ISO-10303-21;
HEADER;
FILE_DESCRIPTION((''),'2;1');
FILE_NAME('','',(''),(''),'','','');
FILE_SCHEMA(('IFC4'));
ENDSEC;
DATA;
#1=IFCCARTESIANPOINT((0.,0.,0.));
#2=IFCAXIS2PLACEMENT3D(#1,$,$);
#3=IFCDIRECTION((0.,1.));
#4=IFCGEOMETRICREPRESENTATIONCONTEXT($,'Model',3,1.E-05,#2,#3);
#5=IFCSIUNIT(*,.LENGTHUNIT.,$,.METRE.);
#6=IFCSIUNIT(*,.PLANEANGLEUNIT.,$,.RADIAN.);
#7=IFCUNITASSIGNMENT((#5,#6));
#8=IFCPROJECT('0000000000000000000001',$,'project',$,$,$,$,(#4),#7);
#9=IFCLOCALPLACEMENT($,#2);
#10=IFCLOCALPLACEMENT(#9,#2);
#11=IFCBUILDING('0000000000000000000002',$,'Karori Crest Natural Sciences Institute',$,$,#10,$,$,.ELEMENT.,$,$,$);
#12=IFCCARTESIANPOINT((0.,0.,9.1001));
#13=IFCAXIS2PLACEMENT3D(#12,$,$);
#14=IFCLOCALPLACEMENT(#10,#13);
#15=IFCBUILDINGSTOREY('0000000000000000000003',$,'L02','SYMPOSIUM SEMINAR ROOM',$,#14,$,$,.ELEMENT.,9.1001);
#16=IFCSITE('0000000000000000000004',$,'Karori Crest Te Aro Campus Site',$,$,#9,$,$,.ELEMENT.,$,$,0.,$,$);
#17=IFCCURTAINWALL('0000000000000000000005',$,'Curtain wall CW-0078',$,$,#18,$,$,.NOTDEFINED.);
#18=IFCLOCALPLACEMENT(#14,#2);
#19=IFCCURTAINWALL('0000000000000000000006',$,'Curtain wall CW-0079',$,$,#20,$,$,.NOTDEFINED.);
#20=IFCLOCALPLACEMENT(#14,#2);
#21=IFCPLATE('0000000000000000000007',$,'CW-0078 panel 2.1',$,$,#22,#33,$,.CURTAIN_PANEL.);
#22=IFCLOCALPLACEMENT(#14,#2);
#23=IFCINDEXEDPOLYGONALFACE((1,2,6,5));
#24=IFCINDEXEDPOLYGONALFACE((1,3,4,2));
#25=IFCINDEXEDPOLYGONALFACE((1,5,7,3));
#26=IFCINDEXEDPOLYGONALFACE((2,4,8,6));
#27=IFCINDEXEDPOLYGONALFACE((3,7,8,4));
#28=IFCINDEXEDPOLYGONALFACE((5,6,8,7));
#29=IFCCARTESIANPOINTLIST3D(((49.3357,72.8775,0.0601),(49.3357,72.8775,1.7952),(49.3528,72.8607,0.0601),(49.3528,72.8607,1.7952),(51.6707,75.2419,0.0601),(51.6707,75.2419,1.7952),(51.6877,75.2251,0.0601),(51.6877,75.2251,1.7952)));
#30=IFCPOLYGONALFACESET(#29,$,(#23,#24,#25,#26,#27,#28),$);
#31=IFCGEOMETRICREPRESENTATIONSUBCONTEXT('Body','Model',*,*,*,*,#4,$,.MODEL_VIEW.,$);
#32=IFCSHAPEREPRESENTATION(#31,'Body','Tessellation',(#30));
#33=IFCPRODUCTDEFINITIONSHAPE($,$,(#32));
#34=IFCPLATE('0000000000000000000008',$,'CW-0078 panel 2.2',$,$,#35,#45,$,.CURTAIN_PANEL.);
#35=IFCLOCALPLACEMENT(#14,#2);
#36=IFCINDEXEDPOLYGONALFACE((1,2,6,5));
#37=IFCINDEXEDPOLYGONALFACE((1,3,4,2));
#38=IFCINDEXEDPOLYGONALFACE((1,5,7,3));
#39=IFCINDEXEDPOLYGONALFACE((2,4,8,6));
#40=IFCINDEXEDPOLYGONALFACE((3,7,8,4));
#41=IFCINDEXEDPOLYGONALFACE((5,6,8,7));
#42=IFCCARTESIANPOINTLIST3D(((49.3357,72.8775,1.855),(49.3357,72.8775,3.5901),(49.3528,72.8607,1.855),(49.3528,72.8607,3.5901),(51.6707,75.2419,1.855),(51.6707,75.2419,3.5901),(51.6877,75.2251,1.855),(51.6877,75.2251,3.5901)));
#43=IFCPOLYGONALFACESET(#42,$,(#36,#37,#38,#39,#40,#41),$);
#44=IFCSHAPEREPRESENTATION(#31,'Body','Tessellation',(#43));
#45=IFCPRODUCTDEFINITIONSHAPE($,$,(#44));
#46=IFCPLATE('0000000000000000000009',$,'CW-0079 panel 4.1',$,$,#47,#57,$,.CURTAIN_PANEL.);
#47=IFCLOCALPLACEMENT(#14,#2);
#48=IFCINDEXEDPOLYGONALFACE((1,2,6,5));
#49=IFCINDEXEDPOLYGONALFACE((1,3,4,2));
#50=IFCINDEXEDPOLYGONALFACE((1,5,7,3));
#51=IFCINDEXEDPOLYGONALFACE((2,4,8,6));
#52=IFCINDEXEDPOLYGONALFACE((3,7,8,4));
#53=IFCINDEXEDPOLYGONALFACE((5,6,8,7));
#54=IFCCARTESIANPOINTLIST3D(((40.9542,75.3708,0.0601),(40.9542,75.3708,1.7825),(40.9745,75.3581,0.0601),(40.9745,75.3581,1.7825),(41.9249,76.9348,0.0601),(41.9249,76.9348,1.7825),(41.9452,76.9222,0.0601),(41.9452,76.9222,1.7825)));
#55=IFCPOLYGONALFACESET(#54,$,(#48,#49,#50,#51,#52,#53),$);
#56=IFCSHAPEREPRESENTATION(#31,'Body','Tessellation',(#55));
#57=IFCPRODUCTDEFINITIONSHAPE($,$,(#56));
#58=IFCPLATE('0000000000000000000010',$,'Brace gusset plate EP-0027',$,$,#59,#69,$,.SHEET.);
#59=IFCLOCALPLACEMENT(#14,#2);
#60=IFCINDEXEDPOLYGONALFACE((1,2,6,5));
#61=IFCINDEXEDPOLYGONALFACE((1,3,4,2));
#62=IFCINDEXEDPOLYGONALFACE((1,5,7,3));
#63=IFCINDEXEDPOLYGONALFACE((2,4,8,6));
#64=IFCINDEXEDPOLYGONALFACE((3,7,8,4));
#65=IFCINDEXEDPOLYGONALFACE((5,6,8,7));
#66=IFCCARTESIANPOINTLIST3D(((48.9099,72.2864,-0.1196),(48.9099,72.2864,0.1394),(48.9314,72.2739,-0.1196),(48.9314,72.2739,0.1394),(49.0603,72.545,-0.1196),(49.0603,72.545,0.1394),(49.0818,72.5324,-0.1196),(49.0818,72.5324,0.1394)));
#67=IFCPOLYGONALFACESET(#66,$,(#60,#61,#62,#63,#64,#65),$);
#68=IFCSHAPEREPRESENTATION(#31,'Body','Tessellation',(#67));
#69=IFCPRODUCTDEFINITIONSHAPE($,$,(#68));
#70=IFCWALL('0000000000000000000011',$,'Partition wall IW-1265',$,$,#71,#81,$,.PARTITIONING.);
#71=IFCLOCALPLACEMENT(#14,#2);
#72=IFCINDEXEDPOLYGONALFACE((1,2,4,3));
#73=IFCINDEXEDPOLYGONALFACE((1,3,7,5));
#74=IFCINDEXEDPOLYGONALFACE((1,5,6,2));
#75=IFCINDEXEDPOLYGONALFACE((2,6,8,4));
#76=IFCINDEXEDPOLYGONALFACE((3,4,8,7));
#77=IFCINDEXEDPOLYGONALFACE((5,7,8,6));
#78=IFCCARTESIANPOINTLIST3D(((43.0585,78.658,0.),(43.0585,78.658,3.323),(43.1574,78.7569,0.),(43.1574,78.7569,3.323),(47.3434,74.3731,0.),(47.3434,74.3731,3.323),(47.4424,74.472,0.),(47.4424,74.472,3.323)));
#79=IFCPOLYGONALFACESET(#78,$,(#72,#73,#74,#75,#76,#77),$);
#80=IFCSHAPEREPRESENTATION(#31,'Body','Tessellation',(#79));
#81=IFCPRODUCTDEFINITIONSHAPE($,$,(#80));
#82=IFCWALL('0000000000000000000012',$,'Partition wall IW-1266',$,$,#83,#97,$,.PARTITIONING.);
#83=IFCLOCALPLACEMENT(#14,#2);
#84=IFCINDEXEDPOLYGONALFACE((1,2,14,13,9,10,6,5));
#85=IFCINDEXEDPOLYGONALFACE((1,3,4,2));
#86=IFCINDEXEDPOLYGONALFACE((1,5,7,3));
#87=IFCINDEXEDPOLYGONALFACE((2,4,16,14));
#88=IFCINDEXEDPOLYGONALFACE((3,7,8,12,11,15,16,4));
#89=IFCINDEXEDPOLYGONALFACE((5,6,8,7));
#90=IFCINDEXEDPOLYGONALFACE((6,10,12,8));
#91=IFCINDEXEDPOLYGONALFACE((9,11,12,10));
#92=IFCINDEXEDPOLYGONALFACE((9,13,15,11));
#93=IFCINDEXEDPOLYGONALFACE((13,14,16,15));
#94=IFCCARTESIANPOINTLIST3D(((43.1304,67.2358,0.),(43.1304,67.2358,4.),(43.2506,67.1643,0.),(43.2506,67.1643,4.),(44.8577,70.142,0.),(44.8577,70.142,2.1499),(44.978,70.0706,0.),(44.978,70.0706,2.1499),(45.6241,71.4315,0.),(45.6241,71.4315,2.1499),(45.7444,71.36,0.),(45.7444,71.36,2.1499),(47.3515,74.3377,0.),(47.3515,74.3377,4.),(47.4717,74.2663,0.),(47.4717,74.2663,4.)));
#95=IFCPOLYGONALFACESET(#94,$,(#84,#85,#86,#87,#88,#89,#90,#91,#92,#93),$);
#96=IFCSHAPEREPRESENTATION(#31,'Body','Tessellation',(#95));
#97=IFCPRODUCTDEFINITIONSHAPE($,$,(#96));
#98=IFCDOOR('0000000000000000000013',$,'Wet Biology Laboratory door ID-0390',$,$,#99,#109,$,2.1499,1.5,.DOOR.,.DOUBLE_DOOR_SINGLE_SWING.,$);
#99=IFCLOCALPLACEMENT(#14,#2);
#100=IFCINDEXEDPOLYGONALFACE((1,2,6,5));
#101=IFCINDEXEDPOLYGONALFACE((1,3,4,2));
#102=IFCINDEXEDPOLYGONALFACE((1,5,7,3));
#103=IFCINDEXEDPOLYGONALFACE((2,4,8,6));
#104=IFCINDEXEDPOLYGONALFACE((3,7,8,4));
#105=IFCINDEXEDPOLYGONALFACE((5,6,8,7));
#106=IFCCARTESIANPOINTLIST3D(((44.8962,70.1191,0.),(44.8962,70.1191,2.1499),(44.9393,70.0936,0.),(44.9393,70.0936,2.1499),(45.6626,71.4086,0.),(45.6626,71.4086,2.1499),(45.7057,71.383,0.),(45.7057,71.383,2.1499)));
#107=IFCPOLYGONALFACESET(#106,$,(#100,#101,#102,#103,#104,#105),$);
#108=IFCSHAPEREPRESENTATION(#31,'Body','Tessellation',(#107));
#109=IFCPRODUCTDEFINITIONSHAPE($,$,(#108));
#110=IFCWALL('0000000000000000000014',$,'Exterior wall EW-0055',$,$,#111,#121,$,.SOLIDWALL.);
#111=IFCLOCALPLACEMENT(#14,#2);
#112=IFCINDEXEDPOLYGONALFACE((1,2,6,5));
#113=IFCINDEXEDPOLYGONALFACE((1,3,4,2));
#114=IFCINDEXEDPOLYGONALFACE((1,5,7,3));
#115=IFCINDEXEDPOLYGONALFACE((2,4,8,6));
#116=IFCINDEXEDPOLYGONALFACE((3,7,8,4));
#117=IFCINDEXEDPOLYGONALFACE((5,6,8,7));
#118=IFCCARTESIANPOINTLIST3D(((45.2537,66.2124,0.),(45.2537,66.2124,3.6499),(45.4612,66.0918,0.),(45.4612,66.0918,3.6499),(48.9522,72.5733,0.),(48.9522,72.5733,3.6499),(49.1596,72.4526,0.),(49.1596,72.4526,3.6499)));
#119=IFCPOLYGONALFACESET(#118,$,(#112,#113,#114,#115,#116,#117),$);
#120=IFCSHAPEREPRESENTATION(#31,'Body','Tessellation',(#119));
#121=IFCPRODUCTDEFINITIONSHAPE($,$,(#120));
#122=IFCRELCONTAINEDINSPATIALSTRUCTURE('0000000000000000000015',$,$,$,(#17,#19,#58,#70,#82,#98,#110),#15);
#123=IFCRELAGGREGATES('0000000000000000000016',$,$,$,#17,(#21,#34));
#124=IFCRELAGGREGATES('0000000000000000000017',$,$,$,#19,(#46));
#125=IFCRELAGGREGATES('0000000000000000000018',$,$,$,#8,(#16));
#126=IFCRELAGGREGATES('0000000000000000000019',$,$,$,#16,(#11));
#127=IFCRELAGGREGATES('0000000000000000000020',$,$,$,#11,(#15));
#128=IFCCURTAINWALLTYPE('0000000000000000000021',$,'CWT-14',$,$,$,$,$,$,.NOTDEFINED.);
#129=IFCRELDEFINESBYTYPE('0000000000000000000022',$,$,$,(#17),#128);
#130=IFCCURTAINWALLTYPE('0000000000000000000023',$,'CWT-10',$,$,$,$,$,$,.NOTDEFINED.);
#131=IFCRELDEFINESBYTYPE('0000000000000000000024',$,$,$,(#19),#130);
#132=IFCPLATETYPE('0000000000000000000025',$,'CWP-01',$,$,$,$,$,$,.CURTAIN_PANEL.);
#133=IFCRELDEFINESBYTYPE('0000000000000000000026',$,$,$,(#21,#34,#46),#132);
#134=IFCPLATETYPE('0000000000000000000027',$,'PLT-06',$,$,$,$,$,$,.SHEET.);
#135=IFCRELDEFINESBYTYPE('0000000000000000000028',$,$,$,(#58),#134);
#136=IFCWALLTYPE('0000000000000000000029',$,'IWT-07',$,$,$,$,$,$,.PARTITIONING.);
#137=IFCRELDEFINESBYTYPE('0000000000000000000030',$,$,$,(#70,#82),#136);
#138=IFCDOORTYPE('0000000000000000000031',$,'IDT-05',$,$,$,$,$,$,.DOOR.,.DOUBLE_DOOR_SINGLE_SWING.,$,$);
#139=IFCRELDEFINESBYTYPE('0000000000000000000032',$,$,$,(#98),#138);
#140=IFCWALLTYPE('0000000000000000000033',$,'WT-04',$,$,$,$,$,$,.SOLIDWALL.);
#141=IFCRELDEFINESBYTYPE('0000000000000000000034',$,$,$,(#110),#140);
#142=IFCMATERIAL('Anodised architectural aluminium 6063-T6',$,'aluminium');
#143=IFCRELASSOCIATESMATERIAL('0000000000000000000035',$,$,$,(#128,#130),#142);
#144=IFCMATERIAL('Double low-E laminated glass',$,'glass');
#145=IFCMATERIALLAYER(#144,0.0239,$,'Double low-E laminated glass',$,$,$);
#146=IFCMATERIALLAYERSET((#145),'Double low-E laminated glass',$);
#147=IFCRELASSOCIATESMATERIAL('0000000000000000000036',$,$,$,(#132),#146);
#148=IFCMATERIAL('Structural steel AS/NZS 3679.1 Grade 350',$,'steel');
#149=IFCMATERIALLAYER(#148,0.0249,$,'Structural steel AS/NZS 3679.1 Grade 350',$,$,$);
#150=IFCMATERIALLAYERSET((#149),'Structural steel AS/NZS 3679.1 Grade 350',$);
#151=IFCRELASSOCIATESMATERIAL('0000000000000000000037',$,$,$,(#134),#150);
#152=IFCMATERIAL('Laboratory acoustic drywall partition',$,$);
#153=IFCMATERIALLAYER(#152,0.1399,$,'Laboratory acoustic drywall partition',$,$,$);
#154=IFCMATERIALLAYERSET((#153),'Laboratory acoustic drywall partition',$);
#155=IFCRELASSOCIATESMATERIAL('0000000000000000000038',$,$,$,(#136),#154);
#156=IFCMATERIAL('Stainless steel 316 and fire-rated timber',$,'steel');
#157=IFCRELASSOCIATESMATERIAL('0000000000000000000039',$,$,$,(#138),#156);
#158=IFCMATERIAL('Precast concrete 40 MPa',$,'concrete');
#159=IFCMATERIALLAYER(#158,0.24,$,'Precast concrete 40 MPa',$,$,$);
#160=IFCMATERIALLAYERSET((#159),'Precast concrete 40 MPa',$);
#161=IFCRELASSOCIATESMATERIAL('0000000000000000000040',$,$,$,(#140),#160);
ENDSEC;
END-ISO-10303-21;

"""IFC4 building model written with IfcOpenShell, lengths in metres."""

from ifc_helpers import new_model, si_unit, direction, frame, frame_2d, origin, origin_2d, place, context, subcontext, project, spatial, rectangle, extrude, material, layer, layer_set, type_object, element, fill, aggregate, save


model = new_model("IFC4")

# Units and contexts
model_context = context("Model", 3, precision=1e-05, world=origin(), true_north=direction((0.0, 1.0)))
body_context = subcontext(model_context, "Body", "Model", "MODEL_VIEW")
ifc_project = project(units=[si_unit("LENGTHUNIT", "METRE"), si_unit("PLANEANGLEUNIT", "RADIAN")], contexts=[model_context])

# Site, building, storey
site_placement = place(None, origin())
site = spatial("IfcSite", under=ifc_project, at=site_placement, Name="Karori Crest Te Aro Campus Site", CompositionType="ELEMENT", RefElevation=0.0)
building_placement = place(site_placement, origin())
building = spatial("IfcBuilding", under=site, at=building_placement, Name="Karori Crest Natural Sciences Institute", CompositionType="ELEMENT")
storey_placement = place(building_placement, frame((0.0, 0.0, 9.1001)))
storey = spatial("IfcBuildingStorey", under=building, at=storey_placement, Name="L02", Description="SYMPOSIUM SEMINAR ROOM", CompositionType="ELEMENT", Elevation=9.1001)

# Shared definitions
ifc_material_1 = material(Name="Structural steel AS/NZS 3679.1 Grade 350", Category="steel")

# Curtain walls
ifc_material_2 = material(Name="Anodised architectural aluminium 6063-T6", Category="aluminium")
curtain_wall_type_1 = type_object("IfcCurtainWallType", Name="CWT-14", PredefinedType="NOTDEFINED", material=ifc_material_2)
curtain_wall_1_placement = place(storey_placement, origin())
curtain_wall_1 = element("IfcCurtainWall", 1, at=curtain_wall_1_placement, inside=storey, type_object=curtain_wall_type_1, Name="Curtain wall CW-0078", PredefinedType="NOTDEFINED")
curtain_wall_type_2 = type_object("IfcCurtainWallType", Name="CWT-10", PredefinedType="NOTDEFINED", material=ifc_material_2)
curtain_wall_2_placement = place(storey_placement, origin())
curtain_wall_2 = element("IfcCurtainWall", 2, at=curtain_wall_2_placement, inside=storey, type_object=curtain_wall_type_2, Name="Curtain wall CW-0079", PredefinedType="NOTDEFINED")

# Plates
ifc_material_3 = material(Name="Double low-E laminated glass", Category="glass")
ifc_layer_1 = layer(ifc_material_3, 0.0239, Name="Double low-E laminated glass")
ifc_layer_set_1 = layer_set([ifc_layer_1], Name="Double low-E laminated glass")
plate_type_1 = type_object("IfcPlateType", Name="CWP-01", PredefinedType="CURTAIN_PANEL", material=ifc_layer_set_1)
plate_1_placement = place(storey_placement, frame((50.5117, 74.0513, 0.0601), z_axis=(0.0, 0.0, 1.0), x_axis=(-0.702656, -0.711529, 0.0)))
plate_1 = element("IfcPlate", 3, at=plate_1_placement, type_object=plate_type_1, Name="CW-0078 panel 2.1", PredefinedType="CURTAIN_PANEL", context=body_context, shape_type="SweptSolid", body=[
    extrude(rectangle(XDim=3.323, YDim=0.0239, at=origin_2d()), origin(), (0.0, 0.0, 1.0), 1.7351),
])
plate_2_placement = place(storey_placement, frame((50.5117, 74.0513, 1.855), z_axis=(0.0, 0.0, 1.0), x_axis=(-0.702656, -0.711529, 0.0)))
plate_2 = element("IfcPlate", 4, at=plate_2_placement, type_object=plate_type_1, Name="CW-0078 panel 2.2", PredefinedType="CURTAIN_PANEL", context=body_context, shape_type="SweptSolid", body=[
    extrude(rectangle(XDim=3.323, YDim=0.0239, at=origin_2d()), origin(), (0.0, 0.0, 1.0), 1.7351),
])
aggregate(curtain_wall_1, [plate_1, plate_2])
plate_3_placement = place(storey_placement, frame((41.4497, 76.1465, 0.0601), z_axis=(0.0, 0.0, 1.0), x_axis=(0.527328, 0.849662, 0.0)))
plate_3 = element("IfcPlate", 5, at=plate_3_placement, type_object=plate_type_1, Name="CW-0079 panel 4.1", PredefinedType="CURTAIN_PANEL", context=body_context, shape_type="SweptSolid", body=[
    extrude(rectangle(XDim=1.8408, YDim=0.0239, at=origin_2d()), origin(), (0.0, 0.0, 1.0), 1.7224),
])
aggregate(curtain_wall_2, [plate_3])
ifc_layer_2 = layer(ifc_material_1, 0.0249, Name="Structural steel AS/NZS 3679.1 Grade 350")
ifc_layer_set_2 = layer_set([ifc_layer_2], Name="Structural steel AS/NZS 3679.1 Grade 350")
plate_type_2 = type_object("IfcPlateType", Name="PLT-06", PredefinedType="SHEET", material=ifc_layer_set_2)
plate_4_placement = place(storey_placement, frame((48.9958, 72.4094, -0.1196), z_axis=(0.0, 0.0, 1.0), x_axis=(0.502652, 0.864489, 0.0)))
element("IfcPlate", 6, at=plate_4_placement, inside=storey, type_object=plate_type_2, Name="Brace gusset plate EP-0027", PredefinedType="SHEET", context=body_context, shape_type="SweptSolid", body=[
    extrude(rectangle(XDim=0.2991, YDim=0.0249, at=origin_2d()), origin(), (0.0, 0.0, 1.0), 0.259),
])

# Wall
ifc_material_4 = material(Name="Laboratory acoustic drywall partition")
ifc_layer_3 = layer(ifc_material_4, 0.1399, Name="Laboratory acoustic drywall partition")
ifc_layer_set_3 = layer_set([ifc_layer_3], Name="Laboratory acoustic drywall partition")
wall_type_1 = type_object("IfcWallType", Name="IWT-07", PredefinedType="PARTITIONING", material=ifc_layer_set_3)
wall_1_placement = place(storey_placement, frame((47.3928, 74.4226, 0.0), z_axis=(0.0, 0.0, 1.0), x_axis=(-0.707107, 0.707107, 0.0)))
element("IfcWall", 7, at=wall_1_placement, inside=storey, type_object=wall_type_1, Name="Partition wall IW-1265", PredefinedType="PARTITIONING", context=body_context, shape_type="SweptSolid", body=[
    extrude(rectangle(XDim=6.0598, YDim=0.1399, at=frame_2d((3.0298, 0.0))), origin(), (0.0, 0.0, 1.0), 3.323),
])

# Wall, opening, door
wall_2_placement = place(storey_placement, frame((47.4116, 74.302, 0.0), z_axis=(0.0, 0.0, 1.0), x_axis=(-0.510928, -0.859624, 0.0)))
wall_2 = element("IfcWall", 8, at=wall_2_placement, inside=storey, type_object=wall_type_1, Name="Partition wall IW-1266", PredefinedType="PARTITIONING", context=body_context, shape_type="SweptSolid", body=[
    extrude(rectangle(XDim=8.2617, YDim=0.1399, at=frame_2d((4.1309, 0.0))), origin(), (0.0, 0.0, 1.0), 4.0),
])
opening_placement = place(wall_2_placement, frame((3.3809, 0.0, 0.0)))
opening = element("IfcOpeningElement", 9, at=opening_placement, cuts=wall_2, PredefinedType="OPENING", context=body_context, shape_type="SweptSolid", body=[
    extrude(rectangle(XDim=1.5, YDim=2.1499, at=frame_2d((0.75, 1.075))), frame((0.0, 0.0801, 0.0), z_axis=(0.0, -1.0, 0.0), x_axis=(1.0, 0.0, 0.0)), (0.0, 0.0, 1.0), 0.1599),
])
ifc_material_5 = material(Name="Stainless steel 316 and fire-rated timber", Category="steel")
door_type = type_object("IfcDoorType", Name="IDT-05", OperationType="DOUBLE_DOOR_SINGLE_SWING", PredefinedType="DOOR", material=ifc_material_5)
door_placement = place(opening_placement, origin())
door = element("IfcDoor", 10, at=door_placement, inside=storey, type_object=door_type, Name="Wet Biology Laboratory door ID-0390", OperationType="DOUBLE_DOOR_SINGLE_SWING", OverallHeight=2.1499, OverallWidth=1.5, PredefinedType="DOOR", context=body_context, shape_type="SweptSolid", body=[
    extrude(rectangle(XDim=1.5, YDim=2.1499, at=frame_2d((0.75, 1.075))), frame((0.0, 0.0249, 0.0), z_axis=(0.0, -1.0, 0.0), x_axis=(1.0, 0.0, 0.0)), (0.0, 0.0, 1.0), 0.05),
])
fill(opening, door)

# Wall
ifc_material_6 = material(Name="Precast concrete 40 MPa", Category="concrete")
ifc_layer_4 = layer(ifc_material_6, 0.24, Name="Precast concrete 40 MPa")
ifc_layer_set_4 = layer_set([ifc_layer_4], Name="Precast concrete 40 MPa")
wall_type_2 = type_object("IfcWallType", Name="WT-04", PredefinedType="SOLIDWALL", material=ifc_layer_set_4)
wall_3_placement = place(storey_placement, frame((49.0559, 72.5129, 0.0), z_axis=(0.0, 0.0, 1.0), x_axis=(-0.502653, -0.864488, 0.0)))
element("IfcWall", 11, at=wall_3_placement, inside=storey, type_object=wall_type_2, Name="Exterior wall EW-0055", PredefinedType="SOLIDWALL", context=body_context, shape_type="SweptSolid", body=[
    extrude(rectangle(XDim=7.3579, YDim=0.24, at=frame_2d((3.679, 0.0))), origin(), (0.0, 0.0, 1.0), 3.6499),
])

save(model, "model.ifc")
